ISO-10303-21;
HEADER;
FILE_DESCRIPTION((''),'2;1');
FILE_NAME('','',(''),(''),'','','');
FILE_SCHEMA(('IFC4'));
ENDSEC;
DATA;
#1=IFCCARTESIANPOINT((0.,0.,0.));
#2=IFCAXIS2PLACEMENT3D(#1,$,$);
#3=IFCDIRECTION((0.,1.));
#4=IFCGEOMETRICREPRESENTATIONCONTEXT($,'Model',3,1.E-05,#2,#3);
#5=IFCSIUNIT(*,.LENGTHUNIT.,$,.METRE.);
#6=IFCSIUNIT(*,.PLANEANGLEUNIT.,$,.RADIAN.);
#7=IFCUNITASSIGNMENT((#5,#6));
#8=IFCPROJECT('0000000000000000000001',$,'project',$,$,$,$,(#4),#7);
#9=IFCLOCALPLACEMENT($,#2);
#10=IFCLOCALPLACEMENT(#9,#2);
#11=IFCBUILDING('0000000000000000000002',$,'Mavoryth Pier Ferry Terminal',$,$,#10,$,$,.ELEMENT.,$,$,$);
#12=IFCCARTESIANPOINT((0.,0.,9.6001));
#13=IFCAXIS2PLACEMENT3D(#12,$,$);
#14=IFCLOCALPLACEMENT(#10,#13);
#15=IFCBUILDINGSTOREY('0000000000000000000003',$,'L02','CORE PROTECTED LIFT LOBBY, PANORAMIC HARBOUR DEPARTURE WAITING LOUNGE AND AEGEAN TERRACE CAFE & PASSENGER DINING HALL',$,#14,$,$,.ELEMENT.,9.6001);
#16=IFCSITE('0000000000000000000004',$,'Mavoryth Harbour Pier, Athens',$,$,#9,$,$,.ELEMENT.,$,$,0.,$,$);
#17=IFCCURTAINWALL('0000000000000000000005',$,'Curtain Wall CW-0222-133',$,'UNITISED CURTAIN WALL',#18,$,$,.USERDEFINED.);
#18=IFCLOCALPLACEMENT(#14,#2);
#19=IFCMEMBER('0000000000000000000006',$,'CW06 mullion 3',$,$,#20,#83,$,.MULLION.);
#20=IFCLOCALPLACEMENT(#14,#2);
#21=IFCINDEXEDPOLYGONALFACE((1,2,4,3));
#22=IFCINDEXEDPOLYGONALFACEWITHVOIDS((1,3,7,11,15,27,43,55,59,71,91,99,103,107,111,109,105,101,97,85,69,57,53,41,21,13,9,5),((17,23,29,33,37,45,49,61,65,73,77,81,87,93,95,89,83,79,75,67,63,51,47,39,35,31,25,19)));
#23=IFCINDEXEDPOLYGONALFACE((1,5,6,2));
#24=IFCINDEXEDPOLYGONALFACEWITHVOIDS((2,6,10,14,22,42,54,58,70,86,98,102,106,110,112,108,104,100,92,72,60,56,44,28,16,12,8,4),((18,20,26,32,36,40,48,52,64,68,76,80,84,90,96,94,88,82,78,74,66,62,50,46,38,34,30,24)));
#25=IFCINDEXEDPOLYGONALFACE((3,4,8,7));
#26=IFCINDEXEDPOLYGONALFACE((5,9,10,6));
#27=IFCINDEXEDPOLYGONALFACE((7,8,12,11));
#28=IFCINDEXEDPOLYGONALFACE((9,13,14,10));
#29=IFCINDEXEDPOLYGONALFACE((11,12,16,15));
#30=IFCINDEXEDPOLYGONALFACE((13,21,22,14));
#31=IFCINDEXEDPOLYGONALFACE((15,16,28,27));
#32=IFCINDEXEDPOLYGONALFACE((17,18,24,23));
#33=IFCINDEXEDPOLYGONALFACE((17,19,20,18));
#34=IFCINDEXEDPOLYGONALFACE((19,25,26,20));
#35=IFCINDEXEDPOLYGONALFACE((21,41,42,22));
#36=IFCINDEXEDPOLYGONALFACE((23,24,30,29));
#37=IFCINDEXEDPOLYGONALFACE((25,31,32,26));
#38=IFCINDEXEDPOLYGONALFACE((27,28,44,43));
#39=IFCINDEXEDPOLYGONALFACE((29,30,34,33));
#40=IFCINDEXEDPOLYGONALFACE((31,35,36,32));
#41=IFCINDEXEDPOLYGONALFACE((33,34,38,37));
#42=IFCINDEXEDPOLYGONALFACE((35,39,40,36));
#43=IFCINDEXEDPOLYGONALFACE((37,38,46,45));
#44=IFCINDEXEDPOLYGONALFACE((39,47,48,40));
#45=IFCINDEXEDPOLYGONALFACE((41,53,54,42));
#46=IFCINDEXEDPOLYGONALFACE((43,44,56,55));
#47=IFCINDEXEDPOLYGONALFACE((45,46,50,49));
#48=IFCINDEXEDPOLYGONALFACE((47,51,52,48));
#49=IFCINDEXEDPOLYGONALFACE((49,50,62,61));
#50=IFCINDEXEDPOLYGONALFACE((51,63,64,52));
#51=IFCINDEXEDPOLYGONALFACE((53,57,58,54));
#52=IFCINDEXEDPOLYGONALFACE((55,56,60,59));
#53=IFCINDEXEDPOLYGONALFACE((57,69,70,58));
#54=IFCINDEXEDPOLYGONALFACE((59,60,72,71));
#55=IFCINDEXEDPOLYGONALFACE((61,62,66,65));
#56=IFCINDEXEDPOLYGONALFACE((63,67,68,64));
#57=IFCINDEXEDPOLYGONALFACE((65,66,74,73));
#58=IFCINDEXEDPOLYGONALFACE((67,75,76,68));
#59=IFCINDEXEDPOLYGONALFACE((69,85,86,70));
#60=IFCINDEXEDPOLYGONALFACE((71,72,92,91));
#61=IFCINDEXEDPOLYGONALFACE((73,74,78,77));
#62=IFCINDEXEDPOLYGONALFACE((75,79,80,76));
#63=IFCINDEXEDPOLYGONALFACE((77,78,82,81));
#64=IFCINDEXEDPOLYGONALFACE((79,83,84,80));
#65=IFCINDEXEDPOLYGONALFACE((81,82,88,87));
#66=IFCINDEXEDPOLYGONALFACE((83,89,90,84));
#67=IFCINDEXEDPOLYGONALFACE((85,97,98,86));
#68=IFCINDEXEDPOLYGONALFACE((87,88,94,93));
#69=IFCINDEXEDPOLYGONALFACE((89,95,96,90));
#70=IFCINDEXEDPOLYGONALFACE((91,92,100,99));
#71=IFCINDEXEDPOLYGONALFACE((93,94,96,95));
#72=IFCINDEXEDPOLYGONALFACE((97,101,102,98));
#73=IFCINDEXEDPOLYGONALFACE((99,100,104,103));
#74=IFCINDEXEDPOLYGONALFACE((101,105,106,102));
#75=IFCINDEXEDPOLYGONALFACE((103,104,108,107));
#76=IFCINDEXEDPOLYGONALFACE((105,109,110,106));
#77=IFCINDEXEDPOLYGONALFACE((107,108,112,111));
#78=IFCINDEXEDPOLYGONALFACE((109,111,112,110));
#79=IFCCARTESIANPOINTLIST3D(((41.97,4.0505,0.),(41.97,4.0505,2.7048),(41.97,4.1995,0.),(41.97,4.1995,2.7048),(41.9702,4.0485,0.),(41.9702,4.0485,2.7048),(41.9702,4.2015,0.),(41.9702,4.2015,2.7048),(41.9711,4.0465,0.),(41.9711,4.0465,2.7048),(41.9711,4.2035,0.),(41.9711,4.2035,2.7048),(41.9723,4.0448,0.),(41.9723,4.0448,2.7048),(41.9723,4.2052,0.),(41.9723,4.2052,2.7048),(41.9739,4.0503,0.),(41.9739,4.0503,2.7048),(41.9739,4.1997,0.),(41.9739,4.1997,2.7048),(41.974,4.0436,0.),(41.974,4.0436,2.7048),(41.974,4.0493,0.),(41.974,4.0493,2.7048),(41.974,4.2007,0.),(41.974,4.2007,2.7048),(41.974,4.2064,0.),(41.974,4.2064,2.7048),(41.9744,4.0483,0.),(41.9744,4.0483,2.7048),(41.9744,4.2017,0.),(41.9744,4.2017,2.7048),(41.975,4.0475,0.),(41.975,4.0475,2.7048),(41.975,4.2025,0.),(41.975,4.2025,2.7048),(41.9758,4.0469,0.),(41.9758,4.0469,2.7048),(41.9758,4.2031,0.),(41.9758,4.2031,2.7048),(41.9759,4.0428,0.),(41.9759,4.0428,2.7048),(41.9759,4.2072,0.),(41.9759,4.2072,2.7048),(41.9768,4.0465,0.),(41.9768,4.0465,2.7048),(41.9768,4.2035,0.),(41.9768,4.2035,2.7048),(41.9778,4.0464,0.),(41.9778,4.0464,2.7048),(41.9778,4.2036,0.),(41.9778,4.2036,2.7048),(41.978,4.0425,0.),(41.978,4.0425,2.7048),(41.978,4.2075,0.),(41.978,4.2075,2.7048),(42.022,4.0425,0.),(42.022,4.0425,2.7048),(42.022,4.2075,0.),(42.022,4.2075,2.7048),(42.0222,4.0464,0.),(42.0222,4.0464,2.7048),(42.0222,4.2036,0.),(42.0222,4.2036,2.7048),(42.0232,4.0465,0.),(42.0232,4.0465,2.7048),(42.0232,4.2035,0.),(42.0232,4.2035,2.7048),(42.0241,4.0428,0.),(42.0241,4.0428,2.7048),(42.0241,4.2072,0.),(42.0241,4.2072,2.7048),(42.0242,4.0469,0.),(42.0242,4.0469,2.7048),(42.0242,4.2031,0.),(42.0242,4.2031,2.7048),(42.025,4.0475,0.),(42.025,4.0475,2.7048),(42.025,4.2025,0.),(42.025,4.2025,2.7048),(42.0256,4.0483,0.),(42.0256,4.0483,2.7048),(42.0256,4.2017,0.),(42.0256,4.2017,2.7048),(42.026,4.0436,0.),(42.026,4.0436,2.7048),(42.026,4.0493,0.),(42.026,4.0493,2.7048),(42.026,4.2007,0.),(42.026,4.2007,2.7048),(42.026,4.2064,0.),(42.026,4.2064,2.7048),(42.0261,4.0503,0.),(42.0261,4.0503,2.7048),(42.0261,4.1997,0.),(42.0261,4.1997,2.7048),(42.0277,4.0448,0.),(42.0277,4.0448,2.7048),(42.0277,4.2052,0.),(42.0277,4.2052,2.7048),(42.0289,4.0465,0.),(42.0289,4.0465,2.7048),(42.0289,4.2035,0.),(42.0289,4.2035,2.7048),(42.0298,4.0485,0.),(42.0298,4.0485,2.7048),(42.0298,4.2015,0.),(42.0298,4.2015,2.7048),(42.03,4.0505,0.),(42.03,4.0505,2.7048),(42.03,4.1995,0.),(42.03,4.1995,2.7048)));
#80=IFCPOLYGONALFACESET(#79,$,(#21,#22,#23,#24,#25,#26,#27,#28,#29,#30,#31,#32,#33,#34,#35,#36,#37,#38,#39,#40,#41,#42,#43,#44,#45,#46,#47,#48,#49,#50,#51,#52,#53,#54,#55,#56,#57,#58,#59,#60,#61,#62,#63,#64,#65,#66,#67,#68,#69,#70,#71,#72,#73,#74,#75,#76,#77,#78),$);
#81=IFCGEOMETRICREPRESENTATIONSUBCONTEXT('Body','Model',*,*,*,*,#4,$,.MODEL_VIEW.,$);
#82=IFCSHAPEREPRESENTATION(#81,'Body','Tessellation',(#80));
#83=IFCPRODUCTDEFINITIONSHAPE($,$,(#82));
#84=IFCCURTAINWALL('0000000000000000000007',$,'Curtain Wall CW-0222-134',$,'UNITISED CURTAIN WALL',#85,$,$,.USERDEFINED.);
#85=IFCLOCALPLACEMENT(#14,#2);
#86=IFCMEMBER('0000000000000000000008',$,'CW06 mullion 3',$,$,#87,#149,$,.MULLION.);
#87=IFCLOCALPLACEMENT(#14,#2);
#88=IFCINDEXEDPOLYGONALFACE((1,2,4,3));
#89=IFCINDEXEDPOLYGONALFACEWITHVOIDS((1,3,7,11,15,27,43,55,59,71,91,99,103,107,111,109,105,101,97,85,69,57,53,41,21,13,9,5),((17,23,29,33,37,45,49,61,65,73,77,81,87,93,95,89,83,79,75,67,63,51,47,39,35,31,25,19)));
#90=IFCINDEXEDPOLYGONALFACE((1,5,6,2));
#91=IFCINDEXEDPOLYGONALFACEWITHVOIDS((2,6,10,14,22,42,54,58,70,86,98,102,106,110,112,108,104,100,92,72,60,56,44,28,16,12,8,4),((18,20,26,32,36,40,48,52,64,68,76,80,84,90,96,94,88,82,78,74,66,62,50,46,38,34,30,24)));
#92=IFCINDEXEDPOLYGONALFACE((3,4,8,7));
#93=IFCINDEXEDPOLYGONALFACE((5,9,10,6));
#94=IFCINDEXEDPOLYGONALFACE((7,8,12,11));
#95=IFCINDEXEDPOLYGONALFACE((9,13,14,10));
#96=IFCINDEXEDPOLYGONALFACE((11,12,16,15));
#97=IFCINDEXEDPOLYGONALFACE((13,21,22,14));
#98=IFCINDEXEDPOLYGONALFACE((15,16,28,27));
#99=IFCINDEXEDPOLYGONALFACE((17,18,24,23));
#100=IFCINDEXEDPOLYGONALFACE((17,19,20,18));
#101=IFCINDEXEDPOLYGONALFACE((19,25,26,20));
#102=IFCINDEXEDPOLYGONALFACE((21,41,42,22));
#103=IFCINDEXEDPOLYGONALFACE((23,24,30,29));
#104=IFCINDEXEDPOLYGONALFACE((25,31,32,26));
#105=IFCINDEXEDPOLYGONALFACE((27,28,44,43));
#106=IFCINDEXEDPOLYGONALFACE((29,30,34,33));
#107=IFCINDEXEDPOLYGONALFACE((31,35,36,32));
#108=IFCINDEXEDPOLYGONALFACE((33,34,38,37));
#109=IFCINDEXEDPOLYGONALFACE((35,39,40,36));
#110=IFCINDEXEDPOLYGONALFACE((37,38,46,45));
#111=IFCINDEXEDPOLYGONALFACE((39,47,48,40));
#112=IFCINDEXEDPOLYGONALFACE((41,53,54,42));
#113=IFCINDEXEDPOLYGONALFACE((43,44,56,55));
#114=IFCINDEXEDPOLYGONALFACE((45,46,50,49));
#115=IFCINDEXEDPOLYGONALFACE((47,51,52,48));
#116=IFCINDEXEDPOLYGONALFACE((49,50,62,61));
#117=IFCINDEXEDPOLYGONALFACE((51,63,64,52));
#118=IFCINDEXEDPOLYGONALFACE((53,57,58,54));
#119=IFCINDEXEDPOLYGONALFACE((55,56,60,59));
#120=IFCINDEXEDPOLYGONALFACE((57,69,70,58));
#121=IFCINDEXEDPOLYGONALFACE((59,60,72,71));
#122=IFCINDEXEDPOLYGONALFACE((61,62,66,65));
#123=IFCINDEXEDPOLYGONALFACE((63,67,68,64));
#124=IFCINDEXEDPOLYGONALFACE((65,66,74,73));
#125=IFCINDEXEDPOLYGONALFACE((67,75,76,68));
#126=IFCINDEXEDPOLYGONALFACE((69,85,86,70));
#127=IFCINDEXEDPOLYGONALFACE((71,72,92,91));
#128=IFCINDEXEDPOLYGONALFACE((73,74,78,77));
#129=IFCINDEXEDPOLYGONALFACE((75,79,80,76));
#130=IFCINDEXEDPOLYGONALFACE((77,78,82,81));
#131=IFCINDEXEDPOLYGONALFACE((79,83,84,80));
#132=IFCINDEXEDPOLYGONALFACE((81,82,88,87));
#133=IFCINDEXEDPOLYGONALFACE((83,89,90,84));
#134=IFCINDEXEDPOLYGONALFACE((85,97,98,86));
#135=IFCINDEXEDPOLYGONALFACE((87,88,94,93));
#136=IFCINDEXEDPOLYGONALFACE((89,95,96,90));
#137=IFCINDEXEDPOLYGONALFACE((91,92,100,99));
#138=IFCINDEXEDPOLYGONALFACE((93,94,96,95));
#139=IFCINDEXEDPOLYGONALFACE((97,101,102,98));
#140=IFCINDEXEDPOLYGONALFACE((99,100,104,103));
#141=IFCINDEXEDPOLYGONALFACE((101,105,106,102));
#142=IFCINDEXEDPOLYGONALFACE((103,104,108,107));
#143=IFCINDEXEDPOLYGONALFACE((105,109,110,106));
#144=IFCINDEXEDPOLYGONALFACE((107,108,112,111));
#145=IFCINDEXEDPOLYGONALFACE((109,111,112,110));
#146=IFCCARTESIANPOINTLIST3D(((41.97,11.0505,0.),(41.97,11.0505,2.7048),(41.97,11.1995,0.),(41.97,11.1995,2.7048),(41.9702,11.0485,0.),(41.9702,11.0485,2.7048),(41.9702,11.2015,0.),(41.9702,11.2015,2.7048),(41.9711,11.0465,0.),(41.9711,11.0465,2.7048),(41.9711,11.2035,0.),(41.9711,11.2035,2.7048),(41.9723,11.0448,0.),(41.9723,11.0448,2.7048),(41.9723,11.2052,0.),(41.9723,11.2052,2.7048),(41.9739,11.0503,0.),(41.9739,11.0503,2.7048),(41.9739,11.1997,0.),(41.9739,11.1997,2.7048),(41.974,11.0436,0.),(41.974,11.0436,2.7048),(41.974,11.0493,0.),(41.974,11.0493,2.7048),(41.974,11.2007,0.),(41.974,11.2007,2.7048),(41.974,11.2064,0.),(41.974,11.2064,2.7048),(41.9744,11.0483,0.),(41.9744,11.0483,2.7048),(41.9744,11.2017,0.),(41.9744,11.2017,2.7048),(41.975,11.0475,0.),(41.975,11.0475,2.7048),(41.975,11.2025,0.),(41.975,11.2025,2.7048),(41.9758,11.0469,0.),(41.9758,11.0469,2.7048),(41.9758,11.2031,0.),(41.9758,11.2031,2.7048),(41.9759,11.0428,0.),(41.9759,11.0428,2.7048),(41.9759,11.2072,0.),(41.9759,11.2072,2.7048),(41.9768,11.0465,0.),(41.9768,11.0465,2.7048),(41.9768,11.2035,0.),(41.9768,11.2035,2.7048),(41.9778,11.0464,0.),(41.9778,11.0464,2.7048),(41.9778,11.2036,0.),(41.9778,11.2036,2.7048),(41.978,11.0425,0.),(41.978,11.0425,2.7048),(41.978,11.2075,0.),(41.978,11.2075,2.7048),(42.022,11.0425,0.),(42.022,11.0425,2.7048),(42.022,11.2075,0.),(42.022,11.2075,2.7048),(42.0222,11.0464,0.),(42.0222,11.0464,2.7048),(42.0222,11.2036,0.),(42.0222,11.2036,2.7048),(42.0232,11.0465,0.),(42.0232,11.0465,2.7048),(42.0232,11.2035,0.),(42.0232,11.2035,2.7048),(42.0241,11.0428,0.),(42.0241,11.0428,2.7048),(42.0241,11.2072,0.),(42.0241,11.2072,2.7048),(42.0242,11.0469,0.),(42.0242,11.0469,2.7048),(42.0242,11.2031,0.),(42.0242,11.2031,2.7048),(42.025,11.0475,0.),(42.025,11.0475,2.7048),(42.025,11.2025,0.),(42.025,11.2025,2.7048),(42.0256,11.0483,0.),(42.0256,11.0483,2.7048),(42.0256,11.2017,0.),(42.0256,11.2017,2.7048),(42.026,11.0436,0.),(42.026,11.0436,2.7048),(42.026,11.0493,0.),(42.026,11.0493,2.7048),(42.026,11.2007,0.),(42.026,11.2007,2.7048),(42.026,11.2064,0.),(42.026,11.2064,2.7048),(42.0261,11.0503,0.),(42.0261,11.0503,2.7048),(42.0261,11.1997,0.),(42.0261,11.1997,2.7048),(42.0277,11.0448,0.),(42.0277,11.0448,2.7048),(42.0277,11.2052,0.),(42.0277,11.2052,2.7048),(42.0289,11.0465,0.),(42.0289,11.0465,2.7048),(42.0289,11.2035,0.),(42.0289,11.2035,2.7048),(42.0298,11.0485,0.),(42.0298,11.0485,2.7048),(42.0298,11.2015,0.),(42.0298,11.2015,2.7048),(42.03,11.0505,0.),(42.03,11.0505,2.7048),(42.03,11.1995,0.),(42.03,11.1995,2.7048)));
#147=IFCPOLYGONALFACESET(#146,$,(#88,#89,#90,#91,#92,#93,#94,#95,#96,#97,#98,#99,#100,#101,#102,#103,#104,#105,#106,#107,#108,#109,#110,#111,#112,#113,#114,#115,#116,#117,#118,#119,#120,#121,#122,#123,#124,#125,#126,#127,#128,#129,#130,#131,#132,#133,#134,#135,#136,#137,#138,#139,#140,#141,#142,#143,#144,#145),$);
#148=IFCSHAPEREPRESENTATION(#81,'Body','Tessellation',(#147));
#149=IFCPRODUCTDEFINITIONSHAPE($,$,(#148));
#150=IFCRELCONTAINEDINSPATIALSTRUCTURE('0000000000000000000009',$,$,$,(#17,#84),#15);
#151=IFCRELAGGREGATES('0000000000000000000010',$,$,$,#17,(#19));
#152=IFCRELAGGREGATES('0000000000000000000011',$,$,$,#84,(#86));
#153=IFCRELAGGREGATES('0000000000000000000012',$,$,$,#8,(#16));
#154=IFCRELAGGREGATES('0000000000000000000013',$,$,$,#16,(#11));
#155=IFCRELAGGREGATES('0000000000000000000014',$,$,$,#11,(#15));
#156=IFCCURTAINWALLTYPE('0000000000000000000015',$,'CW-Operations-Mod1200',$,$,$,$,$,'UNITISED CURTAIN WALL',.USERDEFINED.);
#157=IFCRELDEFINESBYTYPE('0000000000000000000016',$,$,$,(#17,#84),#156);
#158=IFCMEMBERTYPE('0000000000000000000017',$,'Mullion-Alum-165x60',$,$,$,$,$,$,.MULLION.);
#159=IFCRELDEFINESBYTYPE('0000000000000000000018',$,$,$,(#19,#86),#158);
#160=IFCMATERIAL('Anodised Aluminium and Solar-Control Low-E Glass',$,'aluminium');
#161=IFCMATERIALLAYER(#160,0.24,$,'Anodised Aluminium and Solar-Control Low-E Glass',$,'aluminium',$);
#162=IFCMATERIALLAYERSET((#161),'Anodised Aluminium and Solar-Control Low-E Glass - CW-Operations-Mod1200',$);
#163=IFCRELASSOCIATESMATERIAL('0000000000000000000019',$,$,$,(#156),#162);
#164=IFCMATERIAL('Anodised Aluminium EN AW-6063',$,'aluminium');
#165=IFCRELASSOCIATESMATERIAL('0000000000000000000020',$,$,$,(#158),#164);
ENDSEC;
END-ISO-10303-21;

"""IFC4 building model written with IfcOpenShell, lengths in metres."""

from ifc_helpers import new_model, si_unit, direction, frame, origin, origin_2d, place, context, subcontext, project, spatial, hollow_rectangle, extrude, material, layer, layer_set, material_profile, profile_set, type_object, element, aggregate, save


model = new_model("IFC4")

# Units and contexts
model_context = context("Model", 3, precision=1e-05, world=origin(), true_north=direction((0.0, 1.0)))
body_context = subcontext(model_context, "Body", "Model", "MODEL_VIEW")
ifc_project = project(units=[si_unit("LENGTHUNIT", "METRE"), si_unit("PLANEANGLEUNIT", "RADIAN")], contexts=[model_context])

# Site, building, storey
site_placement = place(None, origin())
site = spatial("IfcSite", under=ifc_project, at=site_placement, Name="Mavoryth Harbour Pier, Athens", CompositionType="ELEMENT", RefElevation=0.0)
building_placement = place(site_placement, origin())
building = spatial("IfcBuilding", under=site, at=building_placement, Name="Mavoryth Pier Ferry Terminal", CompositionType="ELEMENT")
storey_placement = place(building_placement, frame((0.0, 0.0, 9.6001)))
storey = spatial("IfcBuildingStorey", under=building, at=storey_placement, Name="L02", Description="CORE PROTECTED LIFT LOBBY, PANORAMIC HARBOUR DEPARTURE WAITING LOUNGE AND AEGEAN TERRACE CAFE & PASSENGER DINING HALL", CompositionType="ELEMENT", Elevation=9.6001)

# Curtain walls, members
ifc_material_1 = material(Name="Anodised Aluminium and Solar-Control Low-E Glass", Category="aluminium")
ifc_layer_1 = layer(ifc_material_1, 0.24, Name="Anodised Aluminium and Solar-Control Low-E Glass", Category="aluminium")
ifc_layer_set_1 = layer_set([ifc_layer_1], Name="Anodised Aluminium and Solar-Control Low-E Glass - CW-Operations-Mod1200")
curtain_wall_type = type_object("IfcCurtainWallType", Name="CW-Operations-Mod1200", ElementType="UNITISED CURTAIN WALL", PredefinedType="USERDEFINED", material=ifc_layer_set_1)
curtain_wall_1_placement = place(storey_placement, origin())
curtain_wall_1 = element("IfcCurtainWall", 1, at=curtain_wall_1_placement, inside=storey, type_object=curtain_wall_type, Name="Curtain Wall CW-0222-133", ObjectType="UNITISED CURTAIN WALL", PredefinedType="USERDEFINED")
ifc_material_2 = material(Name="Anodised Aluminium EN AW-6063", Category="aluminium")
ifc_material_profile_1 = material_profile(ifc_material_2, hollow_rectangle(XDim=0.0601, YDim=0.165, WallThickness=0.0039, InnerFilletRadius=0.0039, OuterFilletRadius=0.0081, at=origin_2d()), Name="AL-MULL 165x60x4", Category="aluminium")
ifc_profile_set_1 = profile_set([ifc_material_profile_1], Name="Anodised Aluminium EN AW-6063 - AL-MULL 165x60x4")
member_type_1 = type_object("IfcMemberType", Name="Mullion-Alum-165x60", PredefinedType="MULLION", material=ifc_profile_set_1)
member_1_placement = place(storey_placement, frame((42.0, 4.125, 0.0), z_axis=(0.0, 0.0, 1.0), x_axis=(1.0, 0.0, 0.0)))
member_1 = element("IfcMember", 2, at=member_1_placement, type_object=member_type_1, Name="CW06 mullion 3", PredefinedType="MULLION", context=body_context, shape_type="SweptSolid", body=[
    extrude(hollow_rectangle(XDim=0.0601, YDim=0.165, WallThickness=0.0039, InnerFilletRadius=0.0039, OuterFilletRadius=0.0081, at=origin_2d()), origin(), (0.0, 0.0, 1.0), 2.7048),
])
curtain_wall_2_placement = place(storey_placement, origin())
curtain_wall_2 = element("IfcCurtainWall", 3, at=curtain_wall_2_placement, inside=storey, type_object=curtain_wall_type, Name="Curtain Wall CW-0222-134", ObjectType="UNITISED CURTAIN WALL", PredefinedType="USERDEFINED")
member_2_placement = place(storey_placement, frame((42.0, 11.125, 0.0), z_axis=(0.0, 0.0, 1.0), x_axis=(1.0, 0.0, 0.0)))
member_2 = element("IfcMember", 4, at=member_2_placement, type_object=member_type_1, Name="CW06 mullion 3", PredefinedType="MULLION", context=body_context, shape_type="SweptSolid", body=[
    extrude(hollow_rectangle(XDim=0.0601, YDim=0.165, WallThickness=0.0039, InnerFilletRadius=0.0039, OuterFilletRadius=0.0081, at=origin_2d()), origin(), (0.0, 0.0, 1.0), 2.7048),
])

aggregate(curtain_wall_1, [member_1])
aggregate(curtain_wall_2, [member_2])

save(model, "model.ifc")
